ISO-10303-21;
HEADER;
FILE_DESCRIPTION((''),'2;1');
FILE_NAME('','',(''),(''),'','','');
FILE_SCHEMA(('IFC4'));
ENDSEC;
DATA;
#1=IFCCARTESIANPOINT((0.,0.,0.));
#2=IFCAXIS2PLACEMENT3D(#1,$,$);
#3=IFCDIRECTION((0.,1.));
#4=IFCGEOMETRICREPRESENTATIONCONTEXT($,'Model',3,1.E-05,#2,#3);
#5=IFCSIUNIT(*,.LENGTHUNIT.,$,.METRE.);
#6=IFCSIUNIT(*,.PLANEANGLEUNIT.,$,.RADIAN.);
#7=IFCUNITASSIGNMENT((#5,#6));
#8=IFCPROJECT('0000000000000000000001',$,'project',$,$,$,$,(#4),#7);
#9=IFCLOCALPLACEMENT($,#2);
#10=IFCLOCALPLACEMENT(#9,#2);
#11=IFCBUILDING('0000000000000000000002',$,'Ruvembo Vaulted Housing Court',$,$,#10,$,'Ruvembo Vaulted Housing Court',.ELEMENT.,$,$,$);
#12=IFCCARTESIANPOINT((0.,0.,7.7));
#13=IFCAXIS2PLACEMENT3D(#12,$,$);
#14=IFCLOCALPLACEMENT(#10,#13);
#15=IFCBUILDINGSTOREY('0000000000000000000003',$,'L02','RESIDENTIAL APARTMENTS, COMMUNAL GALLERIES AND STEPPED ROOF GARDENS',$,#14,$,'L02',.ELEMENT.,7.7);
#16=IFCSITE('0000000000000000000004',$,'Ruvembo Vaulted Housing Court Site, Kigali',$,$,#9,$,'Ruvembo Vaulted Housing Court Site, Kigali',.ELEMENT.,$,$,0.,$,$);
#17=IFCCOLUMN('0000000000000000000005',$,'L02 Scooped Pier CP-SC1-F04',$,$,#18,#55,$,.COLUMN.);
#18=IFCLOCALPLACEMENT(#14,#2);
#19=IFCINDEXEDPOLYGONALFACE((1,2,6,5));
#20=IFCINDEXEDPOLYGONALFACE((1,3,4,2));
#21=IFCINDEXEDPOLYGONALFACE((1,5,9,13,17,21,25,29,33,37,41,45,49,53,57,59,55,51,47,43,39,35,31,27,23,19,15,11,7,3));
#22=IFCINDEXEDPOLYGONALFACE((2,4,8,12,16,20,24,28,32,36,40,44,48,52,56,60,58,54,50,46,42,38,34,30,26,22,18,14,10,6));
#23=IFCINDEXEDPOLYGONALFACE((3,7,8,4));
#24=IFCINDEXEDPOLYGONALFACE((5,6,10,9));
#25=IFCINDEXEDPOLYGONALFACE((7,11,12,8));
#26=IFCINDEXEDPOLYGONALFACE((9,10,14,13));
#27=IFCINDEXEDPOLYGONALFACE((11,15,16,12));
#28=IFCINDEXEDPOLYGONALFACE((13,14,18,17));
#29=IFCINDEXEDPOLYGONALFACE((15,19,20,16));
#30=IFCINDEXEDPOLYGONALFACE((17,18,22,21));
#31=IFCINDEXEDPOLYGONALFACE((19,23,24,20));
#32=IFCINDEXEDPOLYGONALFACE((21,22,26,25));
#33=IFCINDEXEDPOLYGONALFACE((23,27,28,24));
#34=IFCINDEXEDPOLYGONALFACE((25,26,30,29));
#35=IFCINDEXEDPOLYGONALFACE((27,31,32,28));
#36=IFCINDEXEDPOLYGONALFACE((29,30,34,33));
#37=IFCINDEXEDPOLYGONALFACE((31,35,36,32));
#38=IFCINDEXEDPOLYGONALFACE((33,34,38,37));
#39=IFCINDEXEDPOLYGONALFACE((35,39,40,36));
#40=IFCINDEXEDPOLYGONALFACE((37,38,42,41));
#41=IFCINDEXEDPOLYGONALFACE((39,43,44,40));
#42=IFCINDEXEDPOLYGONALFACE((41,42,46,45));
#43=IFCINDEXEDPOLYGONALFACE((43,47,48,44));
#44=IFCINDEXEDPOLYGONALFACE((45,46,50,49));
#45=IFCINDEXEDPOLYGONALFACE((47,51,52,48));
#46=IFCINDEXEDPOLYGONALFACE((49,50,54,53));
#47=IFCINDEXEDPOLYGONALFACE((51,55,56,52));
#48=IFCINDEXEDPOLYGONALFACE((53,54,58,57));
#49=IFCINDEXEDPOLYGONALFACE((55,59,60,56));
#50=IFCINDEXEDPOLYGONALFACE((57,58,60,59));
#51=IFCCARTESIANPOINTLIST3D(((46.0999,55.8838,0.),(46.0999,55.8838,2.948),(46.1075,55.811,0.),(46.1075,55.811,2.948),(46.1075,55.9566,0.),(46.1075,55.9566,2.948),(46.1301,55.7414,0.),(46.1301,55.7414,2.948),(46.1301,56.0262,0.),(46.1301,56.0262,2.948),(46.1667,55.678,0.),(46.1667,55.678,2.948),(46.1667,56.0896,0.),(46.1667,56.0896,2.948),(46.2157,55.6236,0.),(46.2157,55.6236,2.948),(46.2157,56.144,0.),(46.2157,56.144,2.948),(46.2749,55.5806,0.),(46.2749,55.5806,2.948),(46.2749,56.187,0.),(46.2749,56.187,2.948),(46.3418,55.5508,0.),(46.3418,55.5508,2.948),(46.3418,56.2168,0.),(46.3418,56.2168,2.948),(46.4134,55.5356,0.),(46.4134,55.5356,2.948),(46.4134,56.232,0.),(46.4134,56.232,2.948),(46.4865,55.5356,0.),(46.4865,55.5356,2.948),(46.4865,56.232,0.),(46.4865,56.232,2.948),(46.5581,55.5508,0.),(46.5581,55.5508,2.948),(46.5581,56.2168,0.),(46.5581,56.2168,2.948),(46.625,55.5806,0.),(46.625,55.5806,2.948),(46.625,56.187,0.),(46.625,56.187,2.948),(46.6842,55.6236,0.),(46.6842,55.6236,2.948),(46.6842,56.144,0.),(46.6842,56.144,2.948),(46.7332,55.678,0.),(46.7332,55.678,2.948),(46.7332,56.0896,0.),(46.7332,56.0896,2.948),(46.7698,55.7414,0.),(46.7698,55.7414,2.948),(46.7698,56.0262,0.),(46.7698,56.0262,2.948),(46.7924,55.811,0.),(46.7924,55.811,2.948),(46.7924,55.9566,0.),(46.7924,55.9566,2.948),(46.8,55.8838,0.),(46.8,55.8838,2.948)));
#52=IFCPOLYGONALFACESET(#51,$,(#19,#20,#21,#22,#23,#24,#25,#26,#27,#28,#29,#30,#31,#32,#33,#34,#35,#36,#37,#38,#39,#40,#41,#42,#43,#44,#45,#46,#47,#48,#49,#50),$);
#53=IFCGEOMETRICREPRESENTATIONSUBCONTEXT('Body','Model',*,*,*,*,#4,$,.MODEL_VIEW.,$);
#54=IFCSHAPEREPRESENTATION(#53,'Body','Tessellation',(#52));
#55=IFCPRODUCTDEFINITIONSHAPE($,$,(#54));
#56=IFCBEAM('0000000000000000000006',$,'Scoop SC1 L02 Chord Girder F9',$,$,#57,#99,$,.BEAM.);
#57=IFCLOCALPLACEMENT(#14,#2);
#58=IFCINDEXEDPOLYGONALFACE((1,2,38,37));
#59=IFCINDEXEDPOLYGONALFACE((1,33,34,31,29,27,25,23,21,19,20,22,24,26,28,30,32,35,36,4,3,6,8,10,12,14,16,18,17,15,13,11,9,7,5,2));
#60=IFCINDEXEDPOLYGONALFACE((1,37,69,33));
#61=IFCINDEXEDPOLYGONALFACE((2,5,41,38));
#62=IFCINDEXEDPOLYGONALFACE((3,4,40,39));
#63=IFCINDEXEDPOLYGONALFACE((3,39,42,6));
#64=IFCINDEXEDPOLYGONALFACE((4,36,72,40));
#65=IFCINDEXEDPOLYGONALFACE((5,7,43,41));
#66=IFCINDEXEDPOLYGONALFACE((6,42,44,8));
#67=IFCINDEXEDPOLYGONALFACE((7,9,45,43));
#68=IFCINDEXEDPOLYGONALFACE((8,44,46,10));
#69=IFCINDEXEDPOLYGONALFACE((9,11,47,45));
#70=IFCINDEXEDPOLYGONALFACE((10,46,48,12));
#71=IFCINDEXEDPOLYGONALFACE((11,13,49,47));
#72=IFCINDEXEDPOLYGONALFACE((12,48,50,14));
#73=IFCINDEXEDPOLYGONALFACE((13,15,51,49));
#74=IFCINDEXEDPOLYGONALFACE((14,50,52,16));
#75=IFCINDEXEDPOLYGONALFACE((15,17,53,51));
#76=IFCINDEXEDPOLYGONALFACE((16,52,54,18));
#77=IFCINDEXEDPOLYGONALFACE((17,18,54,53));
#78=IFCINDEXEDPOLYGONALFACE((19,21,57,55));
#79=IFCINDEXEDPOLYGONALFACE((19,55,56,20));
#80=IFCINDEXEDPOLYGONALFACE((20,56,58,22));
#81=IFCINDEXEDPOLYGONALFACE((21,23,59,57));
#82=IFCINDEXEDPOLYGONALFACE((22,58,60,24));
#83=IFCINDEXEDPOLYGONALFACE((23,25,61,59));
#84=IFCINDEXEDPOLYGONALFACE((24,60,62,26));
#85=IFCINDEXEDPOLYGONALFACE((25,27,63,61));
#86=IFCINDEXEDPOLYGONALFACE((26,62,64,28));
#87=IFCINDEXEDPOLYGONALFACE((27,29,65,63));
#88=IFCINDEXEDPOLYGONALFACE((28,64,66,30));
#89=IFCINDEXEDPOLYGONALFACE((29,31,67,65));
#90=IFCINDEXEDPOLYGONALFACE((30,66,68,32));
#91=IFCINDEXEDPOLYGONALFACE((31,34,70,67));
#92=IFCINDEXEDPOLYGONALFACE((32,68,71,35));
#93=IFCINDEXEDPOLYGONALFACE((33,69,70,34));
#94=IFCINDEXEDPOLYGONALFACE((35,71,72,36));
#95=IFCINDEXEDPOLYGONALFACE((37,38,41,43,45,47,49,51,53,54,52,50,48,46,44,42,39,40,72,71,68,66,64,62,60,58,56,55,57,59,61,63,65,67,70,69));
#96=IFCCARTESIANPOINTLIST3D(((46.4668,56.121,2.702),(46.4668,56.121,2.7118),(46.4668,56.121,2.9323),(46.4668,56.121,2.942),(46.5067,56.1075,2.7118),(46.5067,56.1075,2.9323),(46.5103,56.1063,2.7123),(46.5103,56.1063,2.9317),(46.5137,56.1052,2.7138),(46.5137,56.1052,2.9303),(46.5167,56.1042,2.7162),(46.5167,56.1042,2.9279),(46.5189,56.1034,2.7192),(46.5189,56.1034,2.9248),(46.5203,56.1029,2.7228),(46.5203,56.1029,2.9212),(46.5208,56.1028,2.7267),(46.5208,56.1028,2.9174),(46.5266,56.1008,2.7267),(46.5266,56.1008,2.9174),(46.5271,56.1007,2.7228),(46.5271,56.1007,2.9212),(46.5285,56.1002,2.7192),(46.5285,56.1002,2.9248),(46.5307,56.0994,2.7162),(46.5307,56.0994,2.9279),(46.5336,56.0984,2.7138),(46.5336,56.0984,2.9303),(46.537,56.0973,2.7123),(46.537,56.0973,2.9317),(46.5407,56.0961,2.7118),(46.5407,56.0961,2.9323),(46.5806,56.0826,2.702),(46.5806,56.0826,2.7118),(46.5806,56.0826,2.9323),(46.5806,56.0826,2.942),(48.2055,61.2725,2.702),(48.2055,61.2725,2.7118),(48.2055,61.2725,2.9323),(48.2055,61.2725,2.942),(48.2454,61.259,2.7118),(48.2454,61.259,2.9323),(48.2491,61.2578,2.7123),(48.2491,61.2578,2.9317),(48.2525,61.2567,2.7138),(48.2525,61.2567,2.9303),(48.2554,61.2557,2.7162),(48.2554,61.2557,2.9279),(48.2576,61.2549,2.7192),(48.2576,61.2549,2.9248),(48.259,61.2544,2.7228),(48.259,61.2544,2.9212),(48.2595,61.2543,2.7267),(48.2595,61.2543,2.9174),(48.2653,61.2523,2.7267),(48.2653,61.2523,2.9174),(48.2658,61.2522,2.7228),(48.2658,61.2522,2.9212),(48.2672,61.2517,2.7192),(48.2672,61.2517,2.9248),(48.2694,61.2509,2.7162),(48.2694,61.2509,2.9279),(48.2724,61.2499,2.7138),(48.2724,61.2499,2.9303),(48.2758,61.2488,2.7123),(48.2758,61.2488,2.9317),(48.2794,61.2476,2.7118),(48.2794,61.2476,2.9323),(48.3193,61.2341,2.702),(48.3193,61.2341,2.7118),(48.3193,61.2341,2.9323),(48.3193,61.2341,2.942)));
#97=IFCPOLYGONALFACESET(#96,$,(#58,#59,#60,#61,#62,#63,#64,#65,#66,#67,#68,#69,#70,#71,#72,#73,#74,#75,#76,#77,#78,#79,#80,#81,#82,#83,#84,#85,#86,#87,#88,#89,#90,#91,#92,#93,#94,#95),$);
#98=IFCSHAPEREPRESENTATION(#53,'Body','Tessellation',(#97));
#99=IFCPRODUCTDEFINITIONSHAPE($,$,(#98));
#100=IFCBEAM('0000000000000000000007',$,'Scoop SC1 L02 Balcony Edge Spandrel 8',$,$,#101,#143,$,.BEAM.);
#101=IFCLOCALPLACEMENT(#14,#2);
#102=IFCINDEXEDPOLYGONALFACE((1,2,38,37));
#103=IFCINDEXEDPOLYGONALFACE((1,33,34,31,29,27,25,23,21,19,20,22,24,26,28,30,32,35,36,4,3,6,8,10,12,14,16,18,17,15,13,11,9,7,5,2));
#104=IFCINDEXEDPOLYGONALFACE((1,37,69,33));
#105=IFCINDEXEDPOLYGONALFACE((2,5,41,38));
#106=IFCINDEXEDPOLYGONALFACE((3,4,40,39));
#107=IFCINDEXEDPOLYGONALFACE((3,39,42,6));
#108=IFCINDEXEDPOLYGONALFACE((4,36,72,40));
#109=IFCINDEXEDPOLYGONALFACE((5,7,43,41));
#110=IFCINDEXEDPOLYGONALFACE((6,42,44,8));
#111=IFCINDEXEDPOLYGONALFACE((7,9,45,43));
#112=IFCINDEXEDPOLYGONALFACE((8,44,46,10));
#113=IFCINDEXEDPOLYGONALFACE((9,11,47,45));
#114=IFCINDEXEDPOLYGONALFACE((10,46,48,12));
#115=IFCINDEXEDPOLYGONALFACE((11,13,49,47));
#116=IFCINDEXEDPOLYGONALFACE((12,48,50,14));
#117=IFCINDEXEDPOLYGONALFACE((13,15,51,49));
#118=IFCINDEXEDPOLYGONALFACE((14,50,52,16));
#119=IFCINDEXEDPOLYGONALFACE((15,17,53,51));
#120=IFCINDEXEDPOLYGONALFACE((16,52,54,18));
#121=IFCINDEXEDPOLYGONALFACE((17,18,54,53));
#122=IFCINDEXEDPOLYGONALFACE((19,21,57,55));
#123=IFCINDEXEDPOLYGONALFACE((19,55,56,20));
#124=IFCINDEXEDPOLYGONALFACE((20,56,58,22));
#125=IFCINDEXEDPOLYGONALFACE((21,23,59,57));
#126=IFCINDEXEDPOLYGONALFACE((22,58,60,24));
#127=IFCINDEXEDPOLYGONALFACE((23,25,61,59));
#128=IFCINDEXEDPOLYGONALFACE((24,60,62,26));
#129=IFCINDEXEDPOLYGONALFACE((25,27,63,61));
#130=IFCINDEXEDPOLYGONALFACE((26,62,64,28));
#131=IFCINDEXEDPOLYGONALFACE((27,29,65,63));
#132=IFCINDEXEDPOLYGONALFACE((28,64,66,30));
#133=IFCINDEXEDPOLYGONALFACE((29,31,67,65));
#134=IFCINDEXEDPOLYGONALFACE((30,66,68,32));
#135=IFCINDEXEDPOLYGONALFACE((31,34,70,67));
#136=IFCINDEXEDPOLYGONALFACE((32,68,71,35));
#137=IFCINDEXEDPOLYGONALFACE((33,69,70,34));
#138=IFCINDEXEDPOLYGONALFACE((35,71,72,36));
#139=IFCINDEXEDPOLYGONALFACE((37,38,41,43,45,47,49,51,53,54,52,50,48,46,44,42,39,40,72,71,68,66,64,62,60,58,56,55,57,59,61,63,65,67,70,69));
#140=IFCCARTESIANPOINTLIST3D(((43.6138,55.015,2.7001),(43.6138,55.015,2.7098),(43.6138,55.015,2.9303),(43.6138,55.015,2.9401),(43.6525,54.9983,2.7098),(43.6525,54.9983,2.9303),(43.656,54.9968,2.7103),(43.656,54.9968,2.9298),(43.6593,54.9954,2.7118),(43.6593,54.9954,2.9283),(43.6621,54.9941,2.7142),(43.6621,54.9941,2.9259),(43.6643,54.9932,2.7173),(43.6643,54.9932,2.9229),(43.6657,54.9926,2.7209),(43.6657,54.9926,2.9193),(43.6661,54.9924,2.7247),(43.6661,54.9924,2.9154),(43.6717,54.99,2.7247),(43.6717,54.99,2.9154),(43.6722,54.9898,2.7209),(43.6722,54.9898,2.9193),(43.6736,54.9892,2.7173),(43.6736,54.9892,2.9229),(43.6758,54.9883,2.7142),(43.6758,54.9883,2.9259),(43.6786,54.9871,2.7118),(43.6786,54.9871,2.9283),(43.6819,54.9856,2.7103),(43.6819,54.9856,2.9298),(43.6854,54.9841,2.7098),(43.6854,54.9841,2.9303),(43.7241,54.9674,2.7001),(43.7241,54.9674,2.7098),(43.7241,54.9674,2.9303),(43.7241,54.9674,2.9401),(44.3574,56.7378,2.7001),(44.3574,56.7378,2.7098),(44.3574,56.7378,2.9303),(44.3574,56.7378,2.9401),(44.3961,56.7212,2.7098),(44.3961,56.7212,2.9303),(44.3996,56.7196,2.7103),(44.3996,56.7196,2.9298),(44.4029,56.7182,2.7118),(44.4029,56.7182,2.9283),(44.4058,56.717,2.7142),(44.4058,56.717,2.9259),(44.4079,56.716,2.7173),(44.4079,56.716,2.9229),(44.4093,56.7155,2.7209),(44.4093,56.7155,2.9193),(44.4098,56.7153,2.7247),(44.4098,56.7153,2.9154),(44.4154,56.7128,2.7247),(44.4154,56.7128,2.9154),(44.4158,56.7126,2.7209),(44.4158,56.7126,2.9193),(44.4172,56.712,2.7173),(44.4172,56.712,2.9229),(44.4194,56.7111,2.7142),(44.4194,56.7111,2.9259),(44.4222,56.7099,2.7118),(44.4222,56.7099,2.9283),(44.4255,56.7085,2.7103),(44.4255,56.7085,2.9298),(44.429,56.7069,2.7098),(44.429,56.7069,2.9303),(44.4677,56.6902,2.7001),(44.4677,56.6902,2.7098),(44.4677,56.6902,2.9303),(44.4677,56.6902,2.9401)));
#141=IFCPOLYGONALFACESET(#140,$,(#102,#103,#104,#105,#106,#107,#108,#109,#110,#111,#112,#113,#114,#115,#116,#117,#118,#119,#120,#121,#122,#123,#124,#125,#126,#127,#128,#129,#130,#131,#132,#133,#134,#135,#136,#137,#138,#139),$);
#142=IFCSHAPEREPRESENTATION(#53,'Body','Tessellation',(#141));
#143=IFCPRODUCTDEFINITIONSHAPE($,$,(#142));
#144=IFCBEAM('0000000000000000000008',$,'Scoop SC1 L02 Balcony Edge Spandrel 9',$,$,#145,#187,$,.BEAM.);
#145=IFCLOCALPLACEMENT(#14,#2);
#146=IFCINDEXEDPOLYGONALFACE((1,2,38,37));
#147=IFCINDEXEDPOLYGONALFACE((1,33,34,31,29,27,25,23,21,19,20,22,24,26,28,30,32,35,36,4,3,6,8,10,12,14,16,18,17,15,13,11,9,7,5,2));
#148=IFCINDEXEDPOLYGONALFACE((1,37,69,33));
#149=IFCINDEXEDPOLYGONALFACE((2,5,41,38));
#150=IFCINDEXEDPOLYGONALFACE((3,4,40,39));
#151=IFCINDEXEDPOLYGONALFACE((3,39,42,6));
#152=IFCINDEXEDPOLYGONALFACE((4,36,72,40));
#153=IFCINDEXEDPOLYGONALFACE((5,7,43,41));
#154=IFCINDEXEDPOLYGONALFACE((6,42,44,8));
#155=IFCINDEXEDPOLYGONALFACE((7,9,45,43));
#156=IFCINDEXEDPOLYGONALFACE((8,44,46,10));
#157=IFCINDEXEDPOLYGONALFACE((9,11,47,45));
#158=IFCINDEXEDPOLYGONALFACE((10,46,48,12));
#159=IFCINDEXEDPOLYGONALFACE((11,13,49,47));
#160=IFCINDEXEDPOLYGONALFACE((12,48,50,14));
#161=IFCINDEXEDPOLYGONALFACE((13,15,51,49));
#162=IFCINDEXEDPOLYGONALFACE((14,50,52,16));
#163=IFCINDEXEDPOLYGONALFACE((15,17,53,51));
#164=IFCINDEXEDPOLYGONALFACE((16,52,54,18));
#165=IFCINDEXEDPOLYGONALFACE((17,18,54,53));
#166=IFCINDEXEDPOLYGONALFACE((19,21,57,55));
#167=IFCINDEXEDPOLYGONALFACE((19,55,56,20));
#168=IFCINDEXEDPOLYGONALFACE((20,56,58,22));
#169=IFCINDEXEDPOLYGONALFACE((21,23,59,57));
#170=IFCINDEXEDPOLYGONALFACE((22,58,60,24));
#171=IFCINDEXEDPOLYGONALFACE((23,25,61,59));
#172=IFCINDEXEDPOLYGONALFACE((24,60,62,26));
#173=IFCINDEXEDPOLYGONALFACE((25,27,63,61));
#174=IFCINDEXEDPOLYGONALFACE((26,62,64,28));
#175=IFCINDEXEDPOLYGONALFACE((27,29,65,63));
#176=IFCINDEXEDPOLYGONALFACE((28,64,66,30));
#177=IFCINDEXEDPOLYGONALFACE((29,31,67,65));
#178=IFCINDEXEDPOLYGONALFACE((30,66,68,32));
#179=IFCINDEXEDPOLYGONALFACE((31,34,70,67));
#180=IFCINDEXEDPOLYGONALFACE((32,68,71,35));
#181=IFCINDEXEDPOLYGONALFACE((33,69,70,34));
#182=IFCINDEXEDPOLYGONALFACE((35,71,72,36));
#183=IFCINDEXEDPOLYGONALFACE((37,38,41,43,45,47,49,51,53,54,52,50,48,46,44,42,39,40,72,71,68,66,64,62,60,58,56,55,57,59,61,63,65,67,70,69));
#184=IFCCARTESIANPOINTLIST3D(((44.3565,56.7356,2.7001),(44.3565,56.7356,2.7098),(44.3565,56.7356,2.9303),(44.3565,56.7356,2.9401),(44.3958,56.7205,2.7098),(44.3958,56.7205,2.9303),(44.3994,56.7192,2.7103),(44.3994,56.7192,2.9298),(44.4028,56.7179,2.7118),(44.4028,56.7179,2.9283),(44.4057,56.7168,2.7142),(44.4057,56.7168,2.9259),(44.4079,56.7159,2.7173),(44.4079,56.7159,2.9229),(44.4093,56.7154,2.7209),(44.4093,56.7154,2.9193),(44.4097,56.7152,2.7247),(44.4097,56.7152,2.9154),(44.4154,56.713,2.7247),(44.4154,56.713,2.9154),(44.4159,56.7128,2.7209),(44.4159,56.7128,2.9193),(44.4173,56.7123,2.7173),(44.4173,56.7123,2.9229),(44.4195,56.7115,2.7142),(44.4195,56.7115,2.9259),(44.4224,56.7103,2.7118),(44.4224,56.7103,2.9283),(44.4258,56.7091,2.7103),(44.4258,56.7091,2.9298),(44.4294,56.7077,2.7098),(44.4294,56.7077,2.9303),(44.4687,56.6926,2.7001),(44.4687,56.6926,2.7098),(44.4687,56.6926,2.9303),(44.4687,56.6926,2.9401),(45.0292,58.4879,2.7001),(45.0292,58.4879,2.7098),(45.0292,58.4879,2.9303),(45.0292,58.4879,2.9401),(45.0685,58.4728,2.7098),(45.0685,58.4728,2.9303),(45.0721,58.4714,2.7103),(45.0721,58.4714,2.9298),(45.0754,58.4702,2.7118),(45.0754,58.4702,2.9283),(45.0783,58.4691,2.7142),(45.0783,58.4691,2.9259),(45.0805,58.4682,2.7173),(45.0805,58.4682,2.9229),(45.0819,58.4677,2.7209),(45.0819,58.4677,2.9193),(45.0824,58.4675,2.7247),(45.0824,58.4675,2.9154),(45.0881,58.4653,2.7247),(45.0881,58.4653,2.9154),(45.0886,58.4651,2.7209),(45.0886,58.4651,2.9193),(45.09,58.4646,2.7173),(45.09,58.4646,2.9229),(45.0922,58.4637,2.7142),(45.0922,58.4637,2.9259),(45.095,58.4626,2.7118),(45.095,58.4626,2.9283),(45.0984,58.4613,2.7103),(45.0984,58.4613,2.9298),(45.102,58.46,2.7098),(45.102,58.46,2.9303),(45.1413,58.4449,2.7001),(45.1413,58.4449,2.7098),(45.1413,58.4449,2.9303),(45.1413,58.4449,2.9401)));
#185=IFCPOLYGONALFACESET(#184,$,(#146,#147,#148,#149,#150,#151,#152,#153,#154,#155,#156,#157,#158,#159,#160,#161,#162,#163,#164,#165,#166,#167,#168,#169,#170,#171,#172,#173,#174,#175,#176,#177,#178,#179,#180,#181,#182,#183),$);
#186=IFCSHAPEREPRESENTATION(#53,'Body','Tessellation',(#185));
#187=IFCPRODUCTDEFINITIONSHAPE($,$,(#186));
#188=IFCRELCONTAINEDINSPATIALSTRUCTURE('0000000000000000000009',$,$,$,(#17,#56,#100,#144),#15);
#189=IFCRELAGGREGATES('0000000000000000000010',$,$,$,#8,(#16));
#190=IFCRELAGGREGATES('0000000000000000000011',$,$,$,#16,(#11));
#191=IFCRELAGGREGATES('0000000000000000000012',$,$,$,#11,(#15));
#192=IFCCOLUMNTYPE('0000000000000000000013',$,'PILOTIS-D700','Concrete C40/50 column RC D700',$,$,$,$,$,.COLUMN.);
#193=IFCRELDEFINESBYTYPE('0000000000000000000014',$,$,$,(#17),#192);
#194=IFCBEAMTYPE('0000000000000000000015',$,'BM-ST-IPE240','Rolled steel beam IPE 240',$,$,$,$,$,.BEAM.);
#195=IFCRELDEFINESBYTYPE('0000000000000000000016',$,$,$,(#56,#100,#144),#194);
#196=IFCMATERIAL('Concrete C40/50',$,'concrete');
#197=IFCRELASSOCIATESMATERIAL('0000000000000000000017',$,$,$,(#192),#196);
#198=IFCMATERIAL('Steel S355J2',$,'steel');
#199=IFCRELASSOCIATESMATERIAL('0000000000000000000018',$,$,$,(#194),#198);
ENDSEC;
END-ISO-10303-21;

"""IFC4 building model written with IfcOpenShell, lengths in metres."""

from ifc_helpers import new_model, si_unit, direction, frame, origin, origin_2d, place, context, subcontext, project, spatial, circle, i_section, extrude, material, material_profile, profile_set, type_object, element, save


model = new_model("IFC4")

# Units and contexts
model_context = context("Model", 3, precision=1e-05, world=origin(), true_north=direction((0.0, 1.0)))
body_context = subcontext(model_context, "Body", "Model", "MODEL_VIEW")
ifc_project = project(units=[si_unit("LENGTHUNIT", "METRE"), si_unit("PLANEANGLEUNIT", "RADIAN")], contexts=[model_context])

# Site, building, storey
site_placement = place(None, origin())
site = spatial("IfcSite", under=ifc_project, at=site_placement, Name="Ruvembo Vaulted Housing Court Site, Kigali", LongName="Ruvembo Vaulted Housing Court Site, Kigali", CompositionType="ELEMENT", RefElevation=0.0)
building_placement = place(site_placement, origin())
building = spatial("IfcBuilding", under=site, at=building_placement, Name="Ruvembo Vaulted Housing Court", LongName="Ruvembo Vaulted Housing Court", CompositionType="ELEMENT")
storey_placement = place(building_placement, frame((0.0, 0.0, 7.7)))
storey = spatial("IfcBuildingStorey", under=building, at=storey_placement, Name="L02", Description="RESIDENTIAL APARTMENTS, COMMUNAL GALLERIES AND STEPPED ROOF GARDENS", LongName="L02", CompositionType="ELEMENT", Elevation=7.7)

# Column
ifc_material_1 = material(Name="Concrete C40/50", Category="concrete")
ifc_material_profile_1 = material_profile(ifc_material_1, circle(Radius=0.3501, at=origin_2d()), Name="RC D700")
ifc_profile_set_1 = profile_set([ifc_material_profile_1], Name="Concrete C40/50")
column_type = type_object("IfcColumnType", Name="PILOTIS-D700", Description="Concrete C40/50 column RC D700", PredefinedType="COLUMN", material=ifc_profile_set_1)
column_placement = place(storey_placement, frame((46.45, 55.8838, 0.0), z_axis=(0.0, 0.0, 1.0), x_axis=(1.0, 0.0, 0.0)))
element("IfcColumn", 1, at=column_placement, inside=storey, type_object=column_type, Name="L02 Scooped Pier CP-SC1-F04", PredefinedType="COLUMN", context=body_context, shape_type="SweptSolid", body=[
    extrude(circle(Radius=0.3501, at=origin_2d()), origin(), (0.0, 0.0, 1.0), 2.948),
])

# Beams
ifc_material_2 = material(Name="Steel S355J2", Category="steel")
ifc_material_profile_2 = material_profile(ifc_material_2, i_section(OverallWidth=0.1201, OverallDepth=0.24, WebThickness=0.0061, FlangeThickness=0.0098, FilletRadius=0.0149, at=origin_2d()), Name="IPE 240")
ifc_profile_set_2 = profile_set([ifc_material_profile_2], Name="Steel S355J2")
beam_type = type_object("IfcBeamType", Name="BM-ST-IPE240", Description="Rolled steel beam IPE 240", PredefinedType="BEAM", material=ifc_profile_set_2)
beam_1_placement = place(storey_placement, frame((46.5237, 56.1018, 2.822), z_axis=(0.319795, 0.947487, 0.0), x_axis=(-0.947487, 0.319795, 0.0)))
element("IfcBeam", 2, at=beam_1_placement, inside=storey, type_object=beam_type, Name="Scoop SC1 L02 Chord Girder F9", PredefinedType="BEAM", context=body_context, shape_type="SweptSolid", body=[
    extrude(i_section(OverallWidth=0.1201, OverallDepth=0.24, WebThickness=0.0061, FlangeThickness=0.0098, FilletRadius=0.0149, at=origin_2d()), origin(), (0.0, 0.0, 1.0), 5.437),
])
beam_2_placement = place(storey_placement, frame((43.6689, 54.9912, 2.8201), z_axis=(0.396289, 0.918126, 0.0), x_axis=(-0.918126, 0.396289, 0.0)))
element("IfcBeam", 3, at=beam_2_placement, inside=storey, type_object=beam_type, Name="Scoop SC1 L02 Balcony Edge Spandrel 8", PredefinedType="BEAM", context=body_context, shape_type="SweptSolid", body=[
    extrude(i_section(OverallWidth=0.1201, OverallDepth=0.24, WebThickness=0.0061, FlangeThickness=0.0098, FilletRadius=0.0149, at=origin_2d()), origin(), (0.0, 0.0, 1.0), 1.8765),
])
beam_3_placement = place(storey_placement, frame((44.4126, 56.7141, 2.8201), z_axis=(0.358369, 0.93358, 0.0), x_axis=(-0.93358, 0.358369, 0.0)))
element("IfcBeam", 4, at=beam_3_placement, inside=storey, type_object=beam_type, Name="Scoop SC1 L02 Balcony Edge Spandrel 9", PredefinedType="BEAM", context=body_context, shape_type="SweptSolid", body=[
    extrude(i_section(OverallWidth=0.1201, OverallDepth=0.24, WebThickness=0.0061, FlangeThickness=0.0098, FilletRadius=0.0149, at=origin_2d()), origin(), (0.0, 0.0, 1.0), 1.877),
])

save(model, "model.ifc")
